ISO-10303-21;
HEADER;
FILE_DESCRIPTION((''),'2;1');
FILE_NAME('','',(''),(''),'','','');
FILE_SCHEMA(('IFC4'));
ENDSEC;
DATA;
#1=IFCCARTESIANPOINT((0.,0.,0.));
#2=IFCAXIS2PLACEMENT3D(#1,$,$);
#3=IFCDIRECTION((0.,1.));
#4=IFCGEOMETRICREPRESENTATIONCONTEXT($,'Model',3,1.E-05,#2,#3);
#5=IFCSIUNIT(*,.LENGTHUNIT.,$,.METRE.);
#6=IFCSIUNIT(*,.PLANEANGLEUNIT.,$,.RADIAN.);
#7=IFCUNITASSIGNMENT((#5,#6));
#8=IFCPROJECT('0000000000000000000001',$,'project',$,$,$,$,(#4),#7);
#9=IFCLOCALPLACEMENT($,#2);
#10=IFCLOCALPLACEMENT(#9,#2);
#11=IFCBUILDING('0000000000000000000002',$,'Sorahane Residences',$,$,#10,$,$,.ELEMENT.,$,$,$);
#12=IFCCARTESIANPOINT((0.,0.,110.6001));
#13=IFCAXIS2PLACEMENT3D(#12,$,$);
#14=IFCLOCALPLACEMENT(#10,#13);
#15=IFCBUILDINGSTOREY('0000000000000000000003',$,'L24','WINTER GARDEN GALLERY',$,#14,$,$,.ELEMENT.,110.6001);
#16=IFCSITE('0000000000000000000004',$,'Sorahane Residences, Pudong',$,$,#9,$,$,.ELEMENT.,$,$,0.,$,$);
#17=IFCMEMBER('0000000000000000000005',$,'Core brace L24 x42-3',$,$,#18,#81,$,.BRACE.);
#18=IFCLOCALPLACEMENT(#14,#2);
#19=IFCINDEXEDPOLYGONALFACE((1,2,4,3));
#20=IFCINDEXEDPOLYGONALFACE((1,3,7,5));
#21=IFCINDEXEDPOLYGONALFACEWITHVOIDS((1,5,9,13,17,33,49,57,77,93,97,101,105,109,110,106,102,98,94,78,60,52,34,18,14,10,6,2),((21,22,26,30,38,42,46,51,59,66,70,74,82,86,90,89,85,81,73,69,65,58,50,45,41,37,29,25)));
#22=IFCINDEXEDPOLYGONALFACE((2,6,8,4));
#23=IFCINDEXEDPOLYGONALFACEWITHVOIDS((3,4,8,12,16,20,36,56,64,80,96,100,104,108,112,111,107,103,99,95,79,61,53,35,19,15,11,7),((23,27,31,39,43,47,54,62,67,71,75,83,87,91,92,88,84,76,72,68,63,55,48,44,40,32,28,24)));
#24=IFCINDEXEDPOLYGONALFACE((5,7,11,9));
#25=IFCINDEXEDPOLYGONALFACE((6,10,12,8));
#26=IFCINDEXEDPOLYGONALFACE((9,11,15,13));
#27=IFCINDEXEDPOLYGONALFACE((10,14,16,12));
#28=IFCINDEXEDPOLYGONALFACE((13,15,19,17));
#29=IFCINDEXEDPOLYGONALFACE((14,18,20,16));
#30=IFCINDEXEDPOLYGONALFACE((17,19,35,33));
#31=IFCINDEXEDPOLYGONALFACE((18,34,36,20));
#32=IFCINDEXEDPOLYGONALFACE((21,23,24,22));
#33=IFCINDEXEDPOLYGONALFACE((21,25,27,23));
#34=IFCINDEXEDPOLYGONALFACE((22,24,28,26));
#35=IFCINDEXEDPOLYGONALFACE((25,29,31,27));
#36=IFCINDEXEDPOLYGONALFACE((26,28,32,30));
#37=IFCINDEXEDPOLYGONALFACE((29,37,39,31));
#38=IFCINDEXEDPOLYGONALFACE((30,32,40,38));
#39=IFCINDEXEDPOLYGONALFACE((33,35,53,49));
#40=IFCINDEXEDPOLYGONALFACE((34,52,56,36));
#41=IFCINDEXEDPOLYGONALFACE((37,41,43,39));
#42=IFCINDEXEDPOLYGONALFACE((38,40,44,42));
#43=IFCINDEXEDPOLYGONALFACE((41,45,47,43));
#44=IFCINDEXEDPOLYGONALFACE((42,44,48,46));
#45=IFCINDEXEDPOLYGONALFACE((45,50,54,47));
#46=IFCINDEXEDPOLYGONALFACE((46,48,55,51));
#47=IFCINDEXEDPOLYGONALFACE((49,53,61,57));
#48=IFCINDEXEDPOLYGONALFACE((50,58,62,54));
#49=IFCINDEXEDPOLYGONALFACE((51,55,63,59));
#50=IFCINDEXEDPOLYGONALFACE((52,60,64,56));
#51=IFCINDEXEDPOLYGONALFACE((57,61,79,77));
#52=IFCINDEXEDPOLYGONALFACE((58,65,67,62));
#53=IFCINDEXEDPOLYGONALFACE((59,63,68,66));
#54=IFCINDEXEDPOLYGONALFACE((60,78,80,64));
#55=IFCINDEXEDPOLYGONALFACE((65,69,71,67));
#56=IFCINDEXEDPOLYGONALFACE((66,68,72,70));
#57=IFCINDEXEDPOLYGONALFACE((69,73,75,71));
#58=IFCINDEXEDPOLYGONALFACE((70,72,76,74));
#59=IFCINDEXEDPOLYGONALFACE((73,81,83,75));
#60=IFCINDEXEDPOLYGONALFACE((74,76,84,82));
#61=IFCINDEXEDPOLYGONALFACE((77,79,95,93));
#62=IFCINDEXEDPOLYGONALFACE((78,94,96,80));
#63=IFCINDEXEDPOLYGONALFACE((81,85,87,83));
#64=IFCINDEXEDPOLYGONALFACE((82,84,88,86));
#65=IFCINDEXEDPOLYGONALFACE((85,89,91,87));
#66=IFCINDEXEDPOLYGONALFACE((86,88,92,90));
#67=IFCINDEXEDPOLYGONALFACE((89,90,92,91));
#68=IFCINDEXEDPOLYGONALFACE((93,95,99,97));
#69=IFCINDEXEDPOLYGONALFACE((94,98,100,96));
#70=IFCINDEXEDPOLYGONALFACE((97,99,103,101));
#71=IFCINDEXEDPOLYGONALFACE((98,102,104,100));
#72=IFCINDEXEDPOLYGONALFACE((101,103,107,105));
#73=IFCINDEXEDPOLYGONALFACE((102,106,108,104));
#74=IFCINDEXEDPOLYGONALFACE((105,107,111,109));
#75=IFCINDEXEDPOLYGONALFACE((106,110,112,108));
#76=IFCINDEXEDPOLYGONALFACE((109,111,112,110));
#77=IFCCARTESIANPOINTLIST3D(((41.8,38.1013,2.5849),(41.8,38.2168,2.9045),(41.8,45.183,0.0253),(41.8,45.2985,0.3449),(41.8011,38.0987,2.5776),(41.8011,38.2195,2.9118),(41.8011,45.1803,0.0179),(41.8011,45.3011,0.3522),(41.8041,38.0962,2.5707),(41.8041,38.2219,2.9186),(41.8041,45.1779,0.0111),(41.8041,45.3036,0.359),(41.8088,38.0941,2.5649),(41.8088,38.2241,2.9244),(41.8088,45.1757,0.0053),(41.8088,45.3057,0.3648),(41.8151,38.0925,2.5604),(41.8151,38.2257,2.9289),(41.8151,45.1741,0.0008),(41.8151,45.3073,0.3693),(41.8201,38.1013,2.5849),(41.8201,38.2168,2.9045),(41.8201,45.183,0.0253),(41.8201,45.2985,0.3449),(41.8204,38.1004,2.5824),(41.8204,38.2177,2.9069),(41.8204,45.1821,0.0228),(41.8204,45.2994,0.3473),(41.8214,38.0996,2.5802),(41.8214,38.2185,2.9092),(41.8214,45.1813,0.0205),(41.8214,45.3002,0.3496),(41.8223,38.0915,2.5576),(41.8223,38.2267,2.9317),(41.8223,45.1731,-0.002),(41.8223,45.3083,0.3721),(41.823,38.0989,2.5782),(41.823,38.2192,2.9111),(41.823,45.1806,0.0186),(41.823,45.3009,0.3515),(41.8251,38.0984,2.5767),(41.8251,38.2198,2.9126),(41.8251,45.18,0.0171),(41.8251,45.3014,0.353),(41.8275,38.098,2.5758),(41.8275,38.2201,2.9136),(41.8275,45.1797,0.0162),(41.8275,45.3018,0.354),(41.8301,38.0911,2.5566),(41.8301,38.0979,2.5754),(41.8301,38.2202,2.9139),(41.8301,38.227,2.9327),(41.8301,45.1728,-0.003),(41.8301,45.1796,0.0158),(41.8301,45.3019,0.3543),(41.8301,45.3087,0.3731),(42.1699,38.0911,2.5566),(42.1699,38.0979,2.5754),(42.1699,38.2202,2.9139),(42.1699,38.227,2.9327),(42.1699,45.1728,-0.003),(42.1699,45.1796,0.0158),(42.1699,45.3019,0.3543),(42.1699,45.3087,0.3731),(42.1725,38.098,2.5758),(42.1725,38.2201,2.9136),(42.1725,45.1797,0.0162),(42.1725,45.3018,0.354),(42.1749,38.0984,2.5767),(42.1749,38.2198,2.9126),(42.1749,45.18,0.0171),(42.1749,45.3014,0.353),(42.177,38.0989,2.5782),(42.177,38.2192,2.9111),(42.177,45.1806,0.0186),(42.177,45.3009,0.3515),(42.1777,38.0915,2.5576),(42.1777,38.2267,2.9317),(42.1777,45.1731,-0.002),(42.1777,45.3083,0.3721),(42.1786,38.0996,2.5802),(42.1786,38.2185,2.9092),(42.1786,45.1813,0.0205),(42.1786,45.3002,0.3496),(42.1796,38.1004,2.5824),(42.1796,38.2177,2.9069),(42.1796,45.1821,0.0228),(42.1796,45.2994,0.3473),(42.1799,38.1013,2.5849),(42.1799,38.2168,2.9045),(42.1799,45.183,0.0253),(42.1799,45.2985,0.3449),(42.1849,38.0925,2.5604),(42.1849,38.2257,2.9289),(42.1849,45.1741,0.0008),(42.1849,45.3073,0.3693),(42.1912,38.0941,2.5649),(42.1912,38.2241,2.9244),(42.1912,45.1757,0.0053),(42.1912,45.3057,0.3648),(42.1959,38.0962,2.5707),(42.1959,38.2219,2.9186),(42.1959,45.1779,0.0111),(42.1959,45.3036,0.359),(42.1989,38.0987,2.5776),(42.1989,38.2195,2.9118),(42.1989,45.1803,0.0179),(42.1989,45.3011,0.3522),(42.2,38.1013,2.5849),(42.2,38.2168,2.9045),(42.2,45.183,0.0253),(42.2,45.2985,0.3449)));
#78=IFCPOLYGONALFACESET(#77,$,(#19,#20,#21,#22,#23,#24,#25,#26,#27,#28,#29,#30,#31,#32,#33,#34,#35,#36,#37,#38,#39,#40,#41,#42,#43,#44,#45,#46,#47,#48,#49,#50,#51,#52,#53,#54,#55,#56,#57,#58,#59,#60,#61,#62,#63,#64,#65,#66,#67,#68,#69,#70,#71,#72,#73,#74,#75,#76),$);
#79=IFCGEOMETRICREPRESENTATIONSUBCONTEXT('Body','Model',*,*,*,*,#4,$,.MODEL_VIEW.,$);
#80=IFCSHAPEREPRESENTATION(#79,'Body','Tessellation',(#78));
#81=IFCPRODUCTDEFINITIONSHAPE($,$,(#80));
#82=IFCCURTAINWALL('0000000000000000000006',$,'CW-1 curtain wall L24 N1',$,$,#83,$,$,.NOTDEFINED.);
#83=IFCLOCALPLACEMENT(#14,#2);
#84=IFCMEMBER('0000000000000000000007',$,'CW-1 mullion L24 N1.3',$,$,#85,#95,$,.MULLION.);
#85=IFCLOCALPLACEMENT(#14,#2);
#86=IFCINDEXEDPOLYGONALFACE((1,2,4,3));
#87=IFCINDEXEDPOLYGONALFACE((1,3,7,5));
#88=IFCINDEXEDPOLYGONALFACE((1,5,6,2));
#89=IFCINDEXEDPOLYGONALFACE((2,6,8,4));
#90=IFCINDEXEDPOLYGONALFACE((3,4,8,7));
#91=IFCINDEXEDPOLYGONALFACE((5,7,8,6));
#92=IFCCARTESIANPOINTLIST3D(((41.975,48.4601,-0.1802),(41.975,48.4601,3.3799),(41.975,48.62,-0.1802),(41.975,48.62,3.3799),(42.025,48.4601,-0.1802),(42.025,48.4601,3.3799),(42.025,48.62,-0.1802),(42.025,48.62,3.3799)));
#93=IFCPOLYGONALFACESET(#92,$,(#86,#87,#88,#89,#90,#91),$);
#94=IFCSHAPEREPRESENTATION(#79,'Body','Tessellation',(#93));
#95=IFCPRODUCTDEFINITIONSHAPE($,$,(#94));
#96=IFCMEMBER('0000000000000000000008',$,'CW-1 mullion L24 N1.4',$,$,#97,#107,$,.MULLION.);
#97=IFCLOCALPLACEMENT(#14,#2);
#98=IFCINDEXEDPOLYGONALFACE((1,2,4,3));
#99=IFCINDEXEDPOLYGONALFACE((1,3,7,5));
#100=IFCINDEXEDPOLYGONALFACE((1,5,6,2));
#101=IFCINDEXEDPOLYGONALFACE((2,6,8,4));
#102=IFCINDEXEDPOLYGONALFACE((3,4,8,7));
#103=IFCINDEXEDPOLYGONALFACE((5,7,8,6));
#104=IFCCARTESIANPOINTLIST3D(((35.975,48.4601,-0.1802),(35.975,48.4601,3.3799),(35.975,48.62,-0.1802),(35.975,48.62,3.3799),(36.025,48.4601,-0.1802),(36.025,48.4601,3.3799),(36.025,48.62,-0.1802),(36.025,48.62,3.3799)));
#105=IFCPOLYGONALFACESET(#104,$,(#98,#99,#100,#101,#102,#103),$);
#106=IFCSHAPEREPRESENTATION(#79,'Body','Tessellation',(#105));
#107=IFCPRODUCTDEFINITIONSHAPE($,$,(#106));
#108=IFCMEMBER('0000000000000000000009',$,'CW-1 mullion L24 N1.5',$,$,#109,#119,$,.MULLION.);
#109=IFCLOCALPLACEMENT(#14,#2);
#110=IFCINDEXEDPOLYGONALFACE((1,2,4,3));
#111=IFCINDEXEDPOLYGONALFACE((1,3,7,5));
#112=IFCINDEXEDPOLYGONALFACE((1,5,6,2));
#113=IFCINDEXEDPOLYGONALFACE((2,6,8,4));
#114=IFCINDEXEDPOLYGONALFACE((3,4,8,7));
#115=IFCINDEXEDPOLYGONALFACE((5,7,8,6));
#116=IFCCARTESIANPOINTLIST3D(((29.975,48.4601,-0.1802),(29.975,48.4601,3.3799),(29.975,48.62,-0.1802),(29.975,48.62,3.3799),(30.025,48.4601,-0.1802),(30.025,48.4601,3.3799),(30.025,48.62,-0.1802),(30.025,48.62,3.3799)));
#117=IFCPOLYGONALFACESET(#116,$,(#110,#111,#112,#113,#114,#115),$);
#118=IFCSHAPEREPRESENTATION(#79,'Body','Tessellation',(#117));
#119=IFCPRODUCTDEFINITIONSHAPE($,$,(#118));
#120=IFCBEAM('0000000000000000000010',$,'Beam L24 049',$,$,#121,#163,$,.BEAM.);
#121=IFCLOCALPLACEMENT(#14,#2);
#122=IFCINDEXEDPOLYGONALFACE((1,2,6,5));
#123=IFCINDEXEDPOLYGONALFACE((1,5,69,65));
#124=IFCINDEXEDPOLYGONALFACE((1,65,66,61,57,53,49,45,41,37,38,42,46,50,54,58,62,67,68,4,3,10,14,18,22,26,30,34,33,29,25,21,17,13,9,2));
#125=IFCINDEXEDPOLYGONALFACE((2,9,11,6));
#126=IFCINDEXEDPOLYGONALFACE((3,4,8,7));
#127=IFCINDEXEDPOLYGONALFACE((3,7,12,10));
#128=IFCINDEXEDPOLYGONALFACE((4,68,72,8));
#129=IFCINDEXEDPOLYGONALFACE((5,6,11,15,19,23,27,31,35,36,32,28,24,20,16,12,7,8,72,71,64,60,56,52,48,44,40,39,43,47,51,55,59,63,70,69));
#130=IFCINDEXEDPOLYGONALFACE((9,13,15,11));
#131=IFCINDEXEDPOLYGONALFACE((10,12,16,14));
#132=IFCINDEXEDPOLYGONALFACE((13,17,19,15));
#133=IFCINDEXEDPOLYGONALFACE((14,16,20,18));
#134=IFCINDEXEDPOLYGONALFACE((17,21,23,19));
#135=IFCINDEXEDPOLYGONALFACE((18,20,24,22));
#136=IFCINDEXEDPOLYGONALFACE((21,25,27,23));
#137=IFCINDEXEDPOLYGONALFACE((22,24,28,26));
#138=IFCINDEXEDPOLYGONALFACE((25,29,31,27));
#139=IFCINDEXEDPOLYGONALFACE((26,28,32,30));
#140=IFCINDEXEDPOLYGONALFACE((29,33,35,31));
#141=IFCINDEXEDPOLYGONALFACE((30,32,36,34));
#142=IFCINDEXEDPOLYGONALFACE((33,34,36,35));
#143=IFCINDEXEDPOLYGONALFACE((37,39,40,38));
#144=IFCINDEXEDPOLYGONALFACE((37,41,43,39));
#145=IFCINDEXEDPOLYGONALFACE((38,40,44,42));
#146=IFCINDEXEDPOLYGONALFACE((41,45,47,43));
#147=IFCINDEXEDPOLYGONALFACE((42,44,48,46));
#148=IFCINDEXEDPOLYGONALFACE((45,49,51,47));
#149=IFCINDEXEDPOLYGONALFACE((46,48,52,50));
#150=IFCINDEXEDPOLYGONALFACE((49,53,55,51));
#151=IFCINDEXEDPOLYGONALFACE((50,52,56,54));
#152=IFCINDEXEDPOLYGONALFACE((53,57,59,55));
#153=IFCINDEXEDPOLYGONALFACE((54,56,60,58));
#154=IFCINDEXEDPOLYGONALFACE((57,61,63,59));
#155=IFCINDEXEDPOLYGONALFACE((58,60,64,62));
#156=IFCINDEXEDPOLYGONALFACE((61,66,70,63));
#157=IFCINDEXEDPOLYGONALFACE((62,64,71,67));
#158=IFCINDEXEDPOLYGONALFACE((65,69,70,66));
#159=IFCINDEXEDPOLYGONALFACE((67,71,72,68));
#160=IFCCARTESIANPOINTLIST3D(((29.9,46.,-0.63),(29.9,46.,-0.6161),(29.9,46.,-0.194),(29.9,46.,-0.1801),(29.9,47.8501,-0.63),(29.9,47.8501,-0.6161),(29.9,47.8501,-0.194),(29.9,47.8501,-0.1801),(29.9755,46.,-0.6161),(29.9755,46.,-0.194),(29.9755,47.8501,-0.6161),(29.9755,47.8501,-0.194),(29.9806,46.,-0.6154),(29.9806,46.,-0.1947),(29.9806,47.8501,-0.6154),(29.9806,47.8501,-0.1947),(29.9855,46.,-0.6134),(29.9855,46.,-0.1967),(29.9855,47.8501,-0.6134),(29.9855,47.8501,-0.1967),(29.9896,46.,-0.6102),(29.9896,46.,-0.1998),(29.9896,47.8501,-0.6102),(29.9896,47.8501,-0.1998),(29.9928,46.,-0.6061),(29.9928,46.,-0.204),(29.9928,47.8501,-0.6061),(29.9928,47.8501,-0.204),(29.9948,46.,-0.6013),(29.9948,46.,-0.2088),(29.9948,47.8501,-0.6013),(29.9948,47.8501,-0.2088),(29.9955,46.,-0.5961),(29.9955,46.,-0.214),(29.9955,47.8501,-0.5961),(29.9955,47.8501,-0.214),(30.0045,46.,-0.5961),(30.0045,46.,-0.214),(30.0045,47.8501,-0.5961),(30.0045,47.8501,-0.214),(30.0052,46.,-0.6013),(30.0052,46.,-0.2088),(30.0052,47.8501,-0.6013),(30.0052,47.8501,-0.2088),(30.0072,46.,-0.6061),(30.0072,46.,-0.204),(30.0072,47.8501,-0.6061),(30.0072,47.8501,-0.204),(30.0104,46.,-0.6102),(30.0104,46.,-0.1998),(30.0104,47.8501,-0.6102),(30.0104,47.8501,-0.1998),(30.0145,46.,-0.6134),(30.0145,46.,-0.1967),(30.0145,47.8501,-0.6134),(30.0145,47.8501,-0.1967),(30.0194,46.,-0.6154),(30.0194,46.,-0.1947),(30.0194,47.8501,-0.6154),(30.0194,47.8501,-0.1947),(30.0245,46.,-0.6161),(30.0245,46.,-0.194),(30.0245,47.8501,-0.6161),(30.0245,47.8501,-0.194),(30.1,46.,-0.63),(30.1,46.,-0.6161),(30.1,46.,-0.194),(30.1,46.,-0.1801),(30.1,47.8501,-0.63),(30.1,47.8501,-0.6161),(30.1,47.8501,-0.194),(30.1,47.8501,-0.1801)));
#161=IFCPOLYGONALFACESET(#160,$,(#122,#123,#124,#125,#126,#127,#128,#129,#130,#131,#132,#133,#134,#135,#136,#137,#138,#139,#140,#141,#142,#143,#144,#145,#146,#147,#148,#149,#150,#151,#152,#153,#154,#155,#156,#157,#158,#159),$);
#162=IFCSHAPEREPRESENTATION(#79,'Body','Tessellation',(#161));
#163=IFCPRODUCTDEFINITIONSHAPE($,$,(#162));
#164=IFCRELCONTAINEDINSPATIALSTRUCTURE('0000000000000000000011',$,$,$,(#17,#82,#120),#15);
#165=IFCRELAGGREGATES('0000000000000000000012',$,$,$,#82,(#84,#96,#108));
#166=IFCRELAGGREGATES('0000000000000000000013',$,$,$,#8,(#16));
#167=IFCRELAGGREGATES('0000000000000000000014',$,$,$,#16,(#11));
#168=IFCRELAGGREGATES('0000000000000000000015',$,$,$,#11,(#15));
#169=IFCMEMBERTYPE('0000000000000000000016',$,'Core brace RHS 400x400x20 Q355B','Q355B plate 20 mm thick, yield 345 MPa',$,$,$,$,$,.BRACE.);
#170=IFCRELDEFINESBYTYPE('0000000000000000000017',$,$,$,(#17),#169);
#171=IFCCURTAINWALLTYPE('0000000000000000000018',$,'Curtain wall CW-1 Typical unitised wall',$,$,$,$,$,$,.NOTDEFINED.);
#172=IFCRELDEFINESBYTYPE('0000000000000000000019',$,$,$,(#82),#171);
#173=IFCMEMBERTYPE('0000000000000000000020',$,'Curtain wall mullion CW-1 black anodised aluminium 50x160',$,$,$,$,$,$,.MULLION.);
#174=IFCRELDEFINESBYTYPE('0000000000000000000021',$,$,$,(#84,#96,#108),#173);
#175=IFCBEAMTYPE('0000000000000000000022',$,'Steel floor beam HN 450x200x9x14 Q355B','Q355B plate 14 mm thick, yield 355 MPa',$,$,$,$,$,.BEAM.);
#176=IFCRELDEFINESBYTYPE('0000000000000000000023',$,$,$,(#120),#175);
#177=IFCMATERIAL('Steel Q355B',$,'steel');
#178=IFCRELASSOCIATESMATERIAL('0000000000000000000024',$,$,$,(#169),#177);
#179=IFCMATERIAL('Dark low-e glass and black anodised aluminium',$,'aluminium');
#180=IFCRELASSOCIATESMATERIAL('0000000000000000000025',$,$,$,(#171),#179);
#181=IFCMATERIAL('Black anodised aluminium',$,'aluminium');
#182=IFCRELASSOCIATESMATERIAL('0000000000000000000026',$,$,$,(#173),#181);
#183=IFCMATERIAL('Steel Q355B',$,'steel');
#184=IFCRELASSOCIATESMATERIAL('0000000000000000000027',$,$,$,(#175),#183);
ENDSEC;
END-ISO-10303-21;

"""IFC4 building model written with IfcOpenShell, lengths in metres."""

from ifc_helpers import new_model, si_unit, direction, frame, origin, origin_2d, place, context, subcontext, project, spatial, rectangle, hollow_rectangle, i_section, extrude, material, material_profile, profile_set, type_object, element, aggregate, save


model = new_model("IFC4")

# Units and contexts
model_context = context("Model", 3, precision=1e-05, world=origin(), true_north=direction((0.0, 1.0)))
body_context = subcontext(model_context, "Body", "Model", "MODEL_VIEW")
ifc_project = project(units=[si_unit("LENGTHUNIT", "METRE"), si_unit("PLANEANGLEUNIT", "RADIAN")], contexts=[model_context])

# Site, building, storey
site_placement = place(None, origin())
site = spatial("IfcSite", under=ifc_project, at=site_placement, Name="Sorahane Residences, Pudong", CompositionType="ELEMENT", RefElevation=0.0)
building_placement = place(site_placement, origin())
building = spatial("IfcBuilding", under=site, at=building_placement, Name="Sorahane Residences", CompositionType="ELEMENT")
storey_placement = place(building_placement, frame((0.0, 0.0, 110.6001)))
storey = spatial("IfcBuildingStorey", under=building, at=storey_placement, Name="L24", Description="WINTER GARDEN GALLERY", CompositionType="ELEMENT", Elevation=110.6001)

# Member
ifc_material_1 = material(Name="Steel Q355B", Category="steel")
ifc_material_profile_1 = material_profile(ifc_material_1, hollow_rectangle(XDim=0.3999, YDim=0.3999, WallThickness=0.02, InnerFilletRadius=0.01, OuterFilletRadius=0.03, at=origin_2d()), Name="RHS 400x400x20")
ifc_profile_set_1 = profile_set([ifc_material_profile_1], Name="Steel Q355B")
member_type_1 = type_object("IfcMemberType", Name="Core brace RHS 400x400x20 Q355B", Description="Q355B plate 20 mm thick, yield 345 MPa", PredefinedType="BRACE", material=ifc_profile_set_1)
member_1_placement = place(storey_placement, frame((42.0, 45.2407, 0.1851), z_axis=(0.0, -0.940454, 0.33992), x_axis=(1.0, 0.0, 0.0)))
element("IfcMember", 1, at=member_1_placement, inside=storey, type_object=member_type_1, Name="Core brace L24 x42-3", PredefinedType="BRACE", context=body_context, shape_type="SweptSolid", body=[
    extrude(hollow_rectangle(XDim=0.3999, YDim=0.3999, WallThickness=0.02, InnerFilletRadius=0.01, OuterFilletRadius=0.03, at=origin_2d()), origin(), (0.0, 0.0, 1.0), 7.53),
])

# Curtain wall, members
ifc_material_2 = material(Name="Dark low-e glass and black anodised aluminium", Category="aluminium")
curtain_wall_type = type_object("IfcCurtainWallType", Name="Curtain wall CW-1 Typical unitised wall", PredefinedType="NOTDEFINED", material=ifc_material_2)
curtain_wall_placement = place(storey_placement, origin())
curtain_wall = element("IfcCurtainWall", 2, at=curtain_wall_placement, inside=storey, type_object=curtain_wall_type, Name="CW-1 curtain wall L24 N1", PredefinedType="NOTDEFINED")
ifc_material_3 = material(Name="Black anodised aluminium", Category="aluminium")
ifc_material_profile_2 = material_profile(ifc_material_3, rectangle(XDim=0.1599, YDim=0.05, at=origin_2d()), Name="Curtain wall mullion CW-1 black anodised aluminium 50x160")
ifc_profile_set_2 = profile_set([ifc_material_profile_2], Name="Black anodised aluminium")
member_type_2 = type_object("IfcMemberType", Name="Curtain wall mullion CW-1 black anodised aluminium 50x160", PredefinedType="MULLION", material=ifc_profile_set_2)
member_2_placement = place(storey_placement, frame((42.0, 48.54, -0.1802), z_axis=(0.0, 0.0, 1.0), x_axis=(0.0, 1.0, 0.0)))
member_2 = element("IfcMember", 3, at=member_2_placement, type_object=member_type_2, Name="CW-1 mullion L24 N1.3", PredefinedType="MULLION", context=body_context, shape_type="SweptSolid", body=[
    extrude(rectangle(XDim=0.1599, YDim=0.05, at=origin_2d()), origin(), (0.0, 0.0, 1.0), 3.5601),
])
member_3_placement = place(storey_placement, frame((36.0, 48.54, -0.1802), z_axis=(0.0, 0.0, 1.0), x_axis=(0.0, 1.0, 0.0)))
member_3 = element("IfcMember", 4, at=member_3_placement, type_object=member_type_2, Name="CW-1 mullion L24 N1.4", PredefinedType="MULLION", context=body_context, shape_type="SweptSolid", body=[
    extrude(rectangle(XDim=0.1599, YDim=0.05, at=origin_2d()), origin(), (0.0, 0.0, 1.0), 3.5601),
])
member_4_placement = place(storey_placement, frame((30.0, 48.54, -0.1802), z_axis=(0.0, 0.0, 1.0), x_axis=(0.0, 1.0, 0.0)))
member_4 = element("IfcMember", 5, at=member_4_placement, type_object=member_type_2, Name="CW-1 mullion L24 N1.5", PredefinedType="MULLION", context=body_context, shape_type="SweptSolid", body=[
    extrude(rectangle(XDim=0.1599, YDim=0.05, at=origin_2d()), origin(), (0.0, 0.0, 1.0), 3.5601),
])

# Beam
ifc_material_4 = material(Name="Steel Q355B", Category="steel")
ifc_material_profile_3 = material_profile(ifc_material_4, i_section(OverallWidth=0.2, OverallDepth=0.45, WebThickness=0.009, FlangeThickness=0.0139, FilletRadius=0.02, at=origin_2d()), Name="HN 450x200x9x14")
ifc_profile_set_3 = profile_set([ifc_material_profile_3], Name="Steel Q355B")
beam_type_1 = type_object("IfcBeamType", Name="Steel floor beam HN 450x200x9x14 Q355B", Description="Q355B plate 14 mm thick, yield 355 MPa", PredefinedType="BEAM", material=ifc_profile_set_3)
beam_1_placement = place(storey_placement, frame((30.0, 46.0, -0.405), z_axis=(0.0, 1.0, 0.0), x_axis=(-1.0, 0.0, 0.0)))
element("IfcBeam", 6, at=beam_1_placement, inside=storey, type_object=beam_type_1, Name="Beam L24 049", PredefinedType="BEAM", context=body_context, shape_type="SweptSolid", body=[
    extrude(i_section(OverallWidth=0.2, OverallDepth=0.45, WebThickness=0.009, FlangeThickness=0.0139, FilletRadius=0.02, at=origin_2d()), origin(), (0.0, 0.0, 1.0), 1.8501),
])

aggregate(curtain_wall, [member_2, member_3, member_4])

save(model, "model.ifc")
